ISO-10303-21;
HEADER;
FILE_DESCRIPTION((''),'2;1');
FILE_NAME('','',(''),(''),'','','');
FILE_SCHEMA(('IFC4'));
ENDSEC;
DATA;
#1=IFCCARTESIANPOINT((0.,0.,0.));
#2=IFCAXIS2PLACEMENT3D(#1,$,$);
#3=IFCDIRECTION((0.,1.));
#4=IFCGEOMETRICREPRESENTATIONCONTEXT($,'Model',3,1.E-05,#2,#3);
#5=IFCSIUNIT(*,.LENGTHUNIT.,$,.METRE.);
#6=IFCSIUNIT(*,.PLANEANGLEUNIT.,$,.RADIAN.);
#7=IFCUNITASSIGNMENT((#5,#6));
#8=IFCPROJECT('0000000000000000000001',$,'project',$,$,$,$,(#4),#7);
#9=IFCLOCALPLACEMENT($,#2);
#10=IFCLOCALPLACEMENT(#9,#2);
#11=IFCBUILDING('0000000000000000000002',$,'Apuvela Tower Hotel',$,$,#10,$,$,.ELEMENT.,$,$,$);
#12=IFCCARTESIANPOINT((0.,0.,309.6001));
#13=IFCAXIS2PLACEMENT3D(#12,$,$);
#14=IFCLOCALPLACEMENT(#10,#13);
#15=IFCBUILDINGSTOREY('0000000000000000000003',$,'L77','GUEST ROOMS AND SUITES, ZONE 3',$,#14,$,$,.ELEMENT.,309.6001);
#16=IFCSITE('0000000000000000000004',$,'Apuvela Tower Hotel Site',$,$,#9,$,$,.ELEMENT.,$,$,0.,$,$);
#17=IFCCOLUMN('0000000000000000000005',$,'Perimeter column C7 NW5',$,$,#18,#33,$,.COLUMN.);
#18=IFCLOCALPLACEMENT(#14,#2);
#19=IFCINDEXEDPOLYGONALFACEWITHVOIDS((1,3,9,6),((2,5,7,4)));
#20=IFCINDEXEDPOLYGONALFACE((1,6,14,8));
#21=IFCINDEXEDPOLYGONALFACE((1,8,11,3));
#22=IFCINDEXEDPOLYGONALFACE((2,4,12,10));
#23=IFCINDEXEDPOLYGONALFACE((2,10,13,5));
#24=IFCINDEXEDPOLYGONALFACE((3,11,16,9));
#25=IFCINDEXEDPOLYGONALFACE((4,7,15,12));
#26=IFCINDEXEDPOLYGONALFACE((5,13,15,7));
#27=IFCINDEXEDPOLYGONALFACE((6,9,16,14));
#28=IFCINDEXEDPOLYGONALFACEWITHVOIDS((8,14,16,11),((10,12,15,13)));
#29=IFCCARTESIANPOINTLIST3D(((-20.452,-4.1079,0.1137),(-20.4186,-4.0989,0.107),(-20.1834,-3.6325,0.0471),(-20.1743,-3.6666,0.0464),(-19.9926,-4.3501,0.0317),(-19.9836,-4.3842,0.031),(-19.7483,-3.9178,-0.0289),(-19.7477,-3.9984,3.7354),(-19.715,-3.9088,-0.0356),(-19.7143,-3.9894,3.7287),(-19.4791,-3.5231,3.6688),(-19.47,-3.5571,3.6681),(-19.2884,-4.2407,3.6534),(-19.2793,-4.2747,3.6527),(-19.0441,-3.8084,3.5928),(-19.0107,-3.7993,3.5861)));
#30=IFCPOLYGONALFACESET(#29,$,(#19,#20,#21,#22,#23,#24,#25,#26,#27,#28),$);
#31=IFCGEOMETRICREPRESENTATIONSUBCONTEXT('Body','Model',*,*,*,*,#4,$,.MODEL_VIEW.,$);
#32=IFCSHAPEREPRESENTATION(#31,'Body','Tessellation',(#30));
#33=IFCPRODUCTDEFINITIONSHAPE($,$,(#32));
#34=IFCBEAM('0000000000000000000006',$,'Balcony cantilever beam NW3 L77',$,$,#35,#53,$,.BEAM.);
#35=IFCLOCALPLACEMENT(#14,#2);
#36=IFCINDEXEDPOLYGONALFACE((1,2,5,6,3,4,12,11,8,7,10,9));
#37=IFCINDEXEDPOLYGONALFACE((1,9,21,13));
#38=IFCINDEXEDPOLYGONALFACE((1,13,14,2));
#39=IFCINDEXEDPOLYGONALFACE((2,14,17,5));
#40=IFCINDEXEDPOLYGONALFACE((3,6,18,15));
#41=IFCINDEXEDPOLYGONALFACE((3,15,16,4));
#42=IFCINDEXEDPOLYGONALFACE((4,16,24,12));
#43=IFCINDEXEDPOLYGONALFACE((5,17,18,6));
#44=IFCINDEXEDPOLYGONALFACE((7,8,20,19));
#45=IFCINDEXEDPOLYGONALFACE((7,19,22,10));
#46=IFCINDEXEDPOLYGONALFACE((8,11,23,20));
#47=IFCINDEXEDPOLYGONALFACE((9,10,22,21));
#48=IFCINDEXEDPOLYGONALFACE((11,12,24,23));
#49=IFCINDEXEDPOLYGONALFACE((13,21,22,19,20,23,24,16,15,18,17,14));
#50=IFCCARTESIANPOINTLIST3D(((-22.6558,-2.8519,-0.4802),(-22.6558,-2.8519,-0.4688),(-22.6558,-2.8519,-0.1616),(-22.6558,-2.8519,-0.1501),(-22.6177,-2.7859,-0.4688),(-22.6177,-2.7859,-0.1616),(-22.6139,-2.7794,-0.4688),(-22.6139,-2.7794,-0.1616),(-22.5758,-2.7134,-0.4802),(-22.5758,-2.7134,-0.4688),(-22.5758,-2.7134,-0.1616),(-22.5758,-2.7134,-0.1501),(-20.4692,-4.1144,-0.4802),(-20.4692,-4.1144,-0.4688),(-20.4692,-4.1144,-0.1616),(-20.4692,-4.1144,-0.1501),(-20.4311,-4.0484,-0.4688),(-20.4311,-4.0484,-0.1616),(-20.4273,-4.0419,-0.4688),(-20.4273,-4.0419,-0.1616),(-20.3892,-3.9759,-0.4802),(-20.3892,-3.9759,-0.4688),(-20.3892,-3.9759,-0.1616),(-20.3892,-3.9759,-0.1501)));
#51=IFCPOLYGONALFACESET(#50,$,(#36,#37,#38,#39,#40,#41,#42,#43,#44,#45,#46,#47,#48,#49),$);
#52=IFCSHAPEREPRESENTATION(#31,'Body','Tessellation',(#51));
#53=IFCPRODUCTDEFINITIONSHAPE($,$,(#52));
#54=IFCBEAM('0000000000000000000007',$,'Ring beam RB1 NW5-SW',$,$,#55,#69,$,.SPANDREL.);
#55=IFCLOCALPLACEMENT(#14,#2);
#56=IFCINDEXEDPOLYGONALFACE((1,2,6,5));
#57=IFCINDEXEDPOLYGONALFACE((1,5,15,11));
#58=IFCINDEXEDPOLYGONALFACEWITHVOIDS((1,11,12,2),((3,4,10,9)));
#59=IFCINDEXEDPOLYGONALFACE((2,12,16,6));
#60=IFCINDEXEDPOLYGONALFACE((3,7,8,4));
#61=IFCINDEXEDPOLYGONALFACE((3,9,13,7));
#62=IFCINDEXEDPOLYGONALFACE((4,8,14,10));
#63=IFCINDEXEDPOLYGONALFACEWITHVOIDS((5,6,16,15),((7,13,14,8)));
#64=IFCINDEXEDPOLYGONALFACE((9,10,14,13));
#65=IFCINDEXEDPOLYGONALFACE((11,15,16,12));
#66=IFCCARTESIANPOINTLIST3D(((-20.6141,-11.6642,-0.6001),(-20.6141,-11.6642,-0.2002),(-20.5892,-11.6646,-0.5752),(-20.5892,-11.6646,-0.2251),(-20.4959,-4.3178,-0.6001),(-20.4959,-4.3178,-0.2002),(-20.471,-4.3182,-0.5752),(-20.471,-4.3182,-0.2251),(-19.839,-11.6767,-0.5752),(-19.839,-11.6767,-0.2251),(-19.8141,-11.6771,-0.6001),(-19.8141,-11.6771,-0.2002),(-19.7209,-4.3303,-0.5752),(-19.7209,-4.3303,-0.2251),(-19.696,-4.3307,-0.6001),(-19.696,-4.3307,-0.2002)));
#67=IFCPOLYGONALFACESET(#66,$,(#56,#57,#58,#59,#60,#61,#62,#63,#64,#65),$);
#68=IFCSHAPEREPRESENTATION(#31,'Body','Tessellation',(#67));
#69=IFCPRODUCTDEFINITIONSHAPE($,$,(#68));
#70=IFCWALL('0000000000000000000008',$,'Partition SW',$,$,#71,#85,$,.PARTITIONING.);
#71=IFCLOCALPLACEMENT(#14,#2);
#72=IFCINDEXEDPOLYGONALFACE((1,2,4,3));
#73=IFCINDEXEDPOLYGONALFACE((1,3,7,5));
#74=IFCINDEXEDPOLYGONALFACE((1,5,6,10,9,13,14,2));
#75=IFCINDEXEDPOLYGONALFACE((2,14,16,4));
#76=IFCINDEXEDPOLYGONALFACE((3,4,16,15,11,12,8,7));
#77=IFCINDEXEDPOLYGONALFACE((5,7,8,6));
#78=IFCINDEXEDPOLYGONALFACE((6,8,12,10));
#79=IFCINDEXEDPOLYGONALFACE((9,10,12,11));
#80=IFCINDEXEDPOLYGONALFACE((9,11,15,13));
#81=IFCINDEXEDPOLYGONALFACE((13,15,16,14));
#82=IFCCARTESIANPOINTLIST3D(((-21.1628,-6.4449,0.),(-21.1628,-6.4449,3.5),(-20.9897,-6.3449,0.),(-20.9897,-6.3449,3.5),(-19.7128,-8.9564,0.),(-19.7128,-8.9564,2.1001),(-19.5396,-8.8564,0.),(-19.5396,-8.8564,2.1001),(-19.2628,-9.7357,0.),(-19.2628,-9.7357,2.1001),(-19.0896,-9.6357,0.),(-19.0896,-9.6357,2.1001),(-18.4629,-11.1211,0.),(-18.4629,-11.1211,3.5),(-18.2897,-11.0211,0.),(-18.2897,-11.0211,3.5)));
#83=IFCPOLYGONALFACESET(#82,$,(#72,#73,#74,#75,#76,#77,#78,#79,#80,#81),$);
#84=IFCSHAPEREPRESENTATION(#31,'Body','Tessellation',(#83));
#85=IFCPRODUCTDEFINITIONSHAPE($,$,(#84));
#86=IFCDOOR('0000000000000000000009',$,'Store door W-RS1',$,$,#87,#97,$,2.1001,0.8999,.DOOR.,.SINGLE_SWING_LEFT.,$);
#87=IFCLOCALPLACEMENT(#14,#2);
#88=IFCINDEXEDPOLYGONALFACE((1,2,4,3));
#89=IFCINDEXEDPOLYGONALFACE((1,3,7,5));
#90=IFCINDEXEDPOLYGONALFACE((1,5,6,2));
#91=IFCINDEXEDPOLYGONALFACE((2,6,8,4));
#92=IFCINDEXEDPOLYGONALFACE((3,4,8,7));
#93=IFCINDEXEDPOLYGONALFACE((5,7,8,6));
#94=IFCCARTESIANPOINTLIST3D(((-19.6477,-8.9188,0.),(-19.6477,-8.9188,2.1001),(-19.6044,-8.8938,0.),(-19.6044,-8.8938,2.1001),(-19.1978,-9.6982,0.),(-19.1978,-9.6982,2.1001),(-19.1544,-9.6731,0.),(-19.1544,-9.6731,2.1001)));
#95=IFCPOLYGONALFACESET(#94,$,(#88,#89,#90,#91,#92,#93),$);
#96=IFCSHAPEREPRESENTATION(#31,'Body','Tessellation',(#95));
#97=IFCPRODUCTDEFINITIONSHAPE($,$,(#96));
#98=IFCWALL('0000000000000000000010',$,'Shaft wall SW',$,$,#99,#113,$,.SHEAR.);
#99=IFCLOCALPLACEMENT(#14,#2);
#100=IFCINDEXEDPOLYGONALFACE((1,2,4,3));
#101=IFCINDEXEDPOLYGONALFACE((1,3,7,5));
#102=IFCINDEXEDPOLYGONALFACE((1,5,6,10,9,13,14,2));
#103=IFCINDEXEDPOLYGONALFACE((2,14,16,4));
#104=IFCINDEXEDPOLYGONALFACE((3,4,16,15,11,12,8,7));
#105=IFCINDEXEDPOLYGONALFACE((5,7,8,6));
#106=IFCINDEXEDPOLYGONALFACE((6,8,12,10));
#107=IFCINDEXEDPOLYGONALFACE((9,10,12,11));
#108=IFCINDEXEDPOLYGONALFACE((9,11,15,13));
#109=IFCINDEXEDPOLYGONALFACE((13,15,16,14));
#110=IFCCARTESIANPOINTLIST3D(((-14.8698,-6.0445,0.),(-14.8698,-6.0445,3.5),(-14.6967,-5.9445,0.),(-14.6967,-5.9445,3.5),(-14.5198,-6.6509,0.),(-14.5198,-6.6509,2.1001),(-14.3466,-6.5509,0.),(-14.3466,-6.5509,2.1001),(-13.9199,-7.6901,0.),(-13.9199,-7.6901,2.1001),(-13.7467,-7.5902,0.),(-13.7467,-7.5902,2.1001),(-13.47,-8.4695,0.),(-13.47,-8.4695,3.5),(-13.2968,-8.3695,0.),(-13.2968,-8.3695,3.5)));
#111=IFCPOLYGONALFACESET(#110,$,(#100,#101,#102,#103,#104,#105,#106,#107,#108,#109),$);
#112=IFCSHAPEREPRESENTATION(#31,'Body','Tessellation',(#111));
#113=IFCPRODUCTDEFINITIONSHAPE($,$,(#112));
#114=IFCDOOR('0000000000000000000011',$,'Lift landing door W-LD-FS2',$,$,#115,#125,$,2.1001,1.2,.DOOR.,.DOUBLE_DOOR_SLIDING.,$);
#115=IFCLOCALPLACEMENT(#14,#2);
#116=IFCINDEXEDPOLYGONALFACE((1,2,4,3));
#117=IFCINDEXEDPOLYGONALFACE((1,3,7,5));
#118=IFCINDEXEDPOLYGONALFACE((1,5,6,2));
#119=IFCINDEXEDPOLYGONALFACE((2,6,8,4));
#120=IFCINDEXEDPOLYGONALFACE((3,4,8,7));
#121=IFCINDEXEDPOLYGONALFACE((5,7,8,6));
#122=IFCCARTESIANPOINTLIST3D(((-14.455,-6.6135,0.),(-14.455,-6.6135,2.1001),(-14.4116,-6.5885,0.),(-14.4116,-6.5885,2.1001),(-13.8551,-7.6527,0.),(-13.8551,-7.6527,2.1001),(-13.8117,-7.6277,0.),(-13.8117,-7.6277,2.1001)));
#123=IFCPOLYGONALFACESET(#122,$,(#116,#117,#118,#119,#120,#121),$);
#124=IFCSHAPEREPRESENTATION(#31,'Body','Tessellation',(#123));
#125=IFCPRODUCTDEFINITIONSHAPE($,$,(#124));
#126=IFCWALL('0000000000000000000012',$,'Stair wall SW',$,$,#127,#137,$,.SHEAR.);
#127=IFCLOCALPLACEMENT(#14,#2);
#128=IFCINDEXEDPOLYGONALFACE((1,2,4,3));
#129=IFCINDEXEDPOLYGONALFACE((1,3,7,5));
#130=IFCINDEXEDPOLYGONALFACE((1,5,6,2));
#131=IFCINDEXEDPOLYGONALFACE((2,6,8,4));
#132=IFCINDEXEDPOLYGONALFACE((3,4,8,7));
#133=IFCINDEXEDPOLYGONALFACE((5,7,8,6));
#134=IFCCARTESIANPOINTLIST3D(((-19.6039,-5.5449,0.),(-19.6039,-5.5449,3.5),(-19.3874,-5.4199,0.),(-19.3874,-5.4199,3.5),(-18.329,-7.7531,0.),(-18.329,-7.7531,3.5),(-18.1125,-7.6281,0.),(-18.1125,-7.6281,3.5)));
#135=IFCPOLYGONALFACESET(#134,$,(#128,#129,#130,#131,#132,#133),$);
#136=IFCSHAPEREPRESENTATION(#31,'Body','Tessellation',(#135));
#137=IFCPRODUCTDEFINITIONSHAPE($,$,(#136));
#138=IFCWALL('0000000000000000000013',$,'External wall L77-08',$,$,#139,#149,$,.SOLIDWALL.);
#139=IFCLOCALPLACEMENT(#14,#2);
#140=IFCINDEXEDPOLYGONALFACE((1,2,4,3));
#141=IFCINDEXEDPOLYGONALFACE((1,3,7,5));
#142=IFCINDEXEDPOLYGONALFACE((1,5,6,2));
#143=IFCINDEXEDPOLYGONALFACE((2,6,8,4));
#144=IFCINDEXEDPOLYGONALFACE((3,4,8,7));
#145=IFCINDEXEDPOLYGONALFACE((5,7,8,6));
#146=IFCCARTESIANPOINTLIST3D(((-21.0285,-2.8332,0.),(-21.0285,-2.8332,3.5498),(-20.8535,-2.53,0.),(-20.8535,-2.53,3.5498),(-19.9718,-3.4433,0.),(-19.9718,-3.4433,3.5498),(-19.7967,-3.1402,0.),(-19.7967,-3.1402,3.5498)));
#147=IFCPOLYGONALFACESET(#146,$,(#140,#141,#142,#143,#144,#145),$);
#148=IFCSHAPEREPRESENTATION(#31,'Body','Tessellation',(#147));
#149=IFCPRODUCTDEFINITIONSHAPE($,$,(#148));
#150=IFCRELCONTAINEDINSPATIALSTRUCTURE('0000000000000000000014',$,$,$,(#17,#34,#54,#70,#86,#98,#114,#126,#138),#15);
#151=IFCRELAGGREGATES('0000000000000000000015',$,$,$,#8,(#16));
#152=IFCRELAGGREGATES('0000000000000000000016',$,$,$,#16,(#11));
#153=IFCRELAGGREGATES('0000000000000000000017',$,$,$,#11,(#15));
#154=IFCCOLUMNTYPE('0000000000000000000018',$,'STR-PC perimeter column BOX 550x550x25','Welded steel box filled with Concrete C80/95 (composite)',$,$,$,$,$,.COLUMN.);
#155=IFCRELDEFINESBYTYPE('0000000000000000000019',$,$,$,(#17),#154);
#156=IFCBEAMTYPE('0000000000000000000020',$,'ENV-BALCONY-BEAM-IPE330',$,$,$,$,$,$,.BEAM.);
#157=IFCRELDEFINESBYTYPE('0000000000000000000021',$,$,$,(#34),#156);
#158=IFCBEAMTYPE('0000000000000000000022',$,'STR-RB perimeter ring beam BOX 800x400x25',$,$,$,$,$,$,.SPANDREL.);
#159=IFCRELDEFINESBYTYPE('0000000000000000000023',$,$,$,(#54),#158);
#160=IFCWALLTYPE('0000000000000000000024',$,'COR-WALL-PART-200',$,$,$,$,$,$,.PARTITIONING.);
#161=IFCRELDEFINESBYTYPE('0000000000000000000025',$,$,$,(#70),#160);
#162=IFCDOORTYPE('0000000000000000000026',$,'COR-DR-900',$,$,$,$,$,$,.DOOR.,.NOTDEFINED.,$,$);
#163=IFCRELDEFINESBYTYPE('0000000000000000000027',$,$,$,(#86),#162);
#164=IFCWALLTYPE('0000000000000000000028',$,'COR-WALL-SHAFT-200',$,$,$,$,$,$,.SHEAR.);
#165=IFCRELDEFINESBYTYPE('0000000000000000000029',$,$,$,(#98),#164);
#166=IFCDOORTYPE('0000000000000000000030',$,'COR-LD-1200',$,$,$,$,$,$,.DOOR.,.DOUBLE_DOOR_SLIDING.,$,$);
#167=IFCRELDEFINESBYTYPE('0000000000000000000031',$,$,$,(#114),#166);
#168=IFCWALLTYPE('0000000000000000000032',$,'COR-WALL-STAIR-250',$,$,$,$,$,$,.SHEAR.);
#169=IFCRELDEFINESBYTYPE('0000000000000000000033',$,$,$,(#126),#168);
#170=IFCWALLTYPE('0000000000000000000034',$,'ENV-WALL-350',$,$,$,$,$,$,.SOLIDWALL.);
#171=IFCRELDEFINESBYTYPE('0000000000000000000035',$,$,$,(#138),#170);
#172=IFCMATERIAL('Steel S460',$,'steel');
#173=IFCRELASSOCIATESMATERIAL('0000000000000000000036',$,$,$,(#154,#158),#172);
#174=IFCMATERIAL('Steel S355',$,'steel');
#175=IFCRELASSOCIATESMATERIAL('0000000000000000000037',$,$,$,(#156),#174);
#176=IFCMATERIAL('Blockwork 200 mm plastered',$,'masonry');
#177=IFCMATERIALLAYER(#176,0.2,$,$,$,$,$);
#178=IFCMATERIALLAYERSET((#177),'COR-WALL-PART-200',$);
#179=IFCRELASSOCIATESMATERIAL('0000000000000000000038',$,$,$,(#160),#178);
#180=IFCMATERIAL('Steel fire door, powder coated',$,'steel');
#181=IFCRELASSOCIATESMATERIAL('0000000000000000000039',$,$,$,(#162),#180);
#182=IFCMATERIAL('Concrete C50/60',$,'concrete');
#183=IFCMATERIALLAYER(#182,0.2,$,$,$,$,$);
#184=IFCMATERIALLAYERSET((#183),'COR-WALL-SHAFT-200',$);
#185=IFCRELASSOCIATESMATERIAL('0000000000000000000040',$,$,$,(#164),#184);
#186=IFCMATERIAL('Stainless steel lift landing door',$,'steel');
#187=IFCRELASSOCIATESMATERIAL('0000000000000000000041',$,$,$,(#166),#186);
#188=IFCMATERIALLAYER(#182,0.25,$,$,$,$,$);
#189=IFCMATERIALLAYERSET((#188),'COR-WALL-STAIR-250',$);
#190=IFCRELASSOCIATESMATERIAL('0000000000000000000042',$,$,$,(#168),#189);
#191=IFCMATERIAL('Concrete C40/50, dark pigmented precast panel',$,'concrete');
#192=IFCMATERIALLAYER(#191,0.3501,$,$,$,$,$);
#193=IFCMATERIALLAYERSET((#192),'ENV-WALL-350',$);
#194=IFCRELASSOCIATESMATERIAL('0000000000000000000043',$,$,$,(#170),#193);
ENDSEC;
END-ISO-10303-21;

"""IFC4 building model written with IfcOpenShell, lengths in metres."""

from ifc_helpers import new_model, si_unit, direction, frame, frame_2d, origin, origin_2d, place, context, subcontext, project, spatial, rectangle, hollow_rectangle, i_section, extrude, boolean, halfspace, material, layer, layer_set, material_profile, profile_set, type_object, element, fill, save


model = new_model("IFC4")

# Units and contexts
model_context = context("Model", 3, precision=1e-05, world=origin(), true_north=direction((0.0, 1.0)))
body_context = subcontext(model_context, "Body", "Model", "MODEL_VIEW")
ifc_project = project(units=[si_unit("LENGTHUNIT", "METRE"), si_unit("PLANEANGLEUNIT", "RADIAN")], contexts=[model_context])

# Site, building, storey
site_placement = place(None, origin())
site = spatial("IfcSite", under=ifc_project, at=site_placement, Name="Apuvela Tower Hotel Site", CompositionType="ELEMENT", RefElevation=0.0)
building_placement = place(site_placement, origin())
building = spatial("IfcBuilding", under=site, at=building_placement, Name="Apuvela Tower Hotel", CompositionType="ELEMENT")
storey_placement = place(building_placement, frame((0.0, 0.0, 309.6001)))
storey = spatial("IfcBuildingStorey", under=building, at=storey_placement, Name="L77", Description="GUEST ROOMS AND SUITES, ZONE 3", CompositionType="ELEMENT", Elevation=309.6001)

# Column
ifc_material_1 = material(Name="Steel S460", Category="steel")
ifc_material_profile_1 = material_profile(ifc_material_1, hollow_rectangle(XDim=0.55, YDim=0.55, WallThickness=0.0249, at=origin_2d()), Name="BOX 550x550x25")
ifc_material_2 = material(Name="Concrete C80/95", Category="concrete")
ifc_material_profile_2 = material_profile(ifc_material_2, rectangle(XDim=0.5, YDim=0.5, at=origin_2d()), Name="Concrete C80/95 infill")
ifc_profile_set_1 = profile_set([ifc_material_profile_1, ifc_material_profile_2], Name="Steel S460")
column_type = type_object("IfcColumnType", Name="STR-PC perimeter column BOX 550x550x25", Description="Welded steel box filled with Concrete C80/95 (composite)", PredefinedType="COLUMN", material=ifc_profile_set_1)
column_placement = place(storey_placement, frame((-20.0911, -4.0095, 0.0), z_axis=(0.190798, 0.029652, 0.981181), x_axis=(-0.488342, -0.864211, 0.121079)))
element("IfcColumn", 1, at=column_placement, inside=storey, type_object=column_type, Name="Perimeter column C7 NW5", PredefinedType="COLUMN", context=body_context, shape_type="SweptSolid", body=[
    boolean("DIFFERENCE", boolean("DIFFERENCE", extrude(hollow_rectangle(XDim=0.55, YDim=0.55, WallThickness=0.0249, at=origin_2d()), origin(), (0.0, 0.0, 1.0), 3.771), halfspace(frame((0.0, 0.0, 0.0398), z_axis=(0.0, 0.0, 1.0), x_axis=(1.0, 0.0, 0.0)), True)), halfspace(frame((0.0, 0.0, 3.731), z_axis=(0.0, 0.0, 1.0), x_axis=(1.0, 0.0, 0.0)), False)),
])

# Beams
ifc_material_3 = material(Name="Steel S355", Category="steel")
ifc_material_profile_3 = material_profile(ifc_material_3, i_section(OverallWidth=0.1599, OverallDepth=0.3301, WebThickness=0.0076, FlangeThickness=0.0115, at=origin_2d()), Name="IPE 330")
ifc_profile_set_2 = profile_set([ifc_material_profile_3], Name="Steel S355")
beam_type_1 = type_object("IfcBeamType", Name="ENV-BALCONY-BEAM-IPE330", PredefinedType="BEAM", material=ifc_profile_set_2)
beam_1_placement = place(storey_placement, frame((-20.4292, -4.0452, -0.3152), z_axis=(-0.866015, 0.500018, 0.0), x_axis=(-0.500018, -0.866015, 0.0)))
element("IfcBeam", 2, at=beam_1_placement, inside=storey, type_object=beam_type_1, Name="Balcony cantilever beam NW3 L77", PredefinedType="BEAM", context=body_context, shape_type="SweptSolid", body=[
    extrude(i_section(OverallWidth=0.1599, OverallDepth=0.3301, WebThickness=0.0076, FlangeThickness=0.0115, at=origin_2d()), origin(), (0.0, 0.0, 1.0), 2.5249),
])
ifc_material_profile_4 = material_profile(ifc_material_1, hollow_rectangle(XDim=0.8, YDim=0.3999, WallThickness=0.0249, at=origin_2d()), Name="BOX 800x400x25")
ifc_profile_set_3 = profile_set([ifc_material_profile_4], Name="Steel S460")
beam_type_2 = type_object("IfcBeamType", Name="STR-RB perimeter ring beam BOX 800x400x25", PredefinedType="SPANDREL", material=ifc_profile_set_3)
beam_2_placement = place(storey_placement, frame((-20.0959, -4.3242, -0.4001), z_axis=(-0.016082, -0.999871, 0.0), x_axis=(0.999871, -0.016082, 0.0)))
element("IfcBeam", 3, at=beam_2_placement, inside=storey, type_object=beam_type_2, Name="Ring beam RB1 NW5-SW", PredefinedType="SPANDREL", context=body_context, shape_type="SweptSolid", body=[
    extrude(hollow_rectangle(XDim=0.8, YDim=0.3999, WallThickness=0.0249, at=origin_2d()), origin(), (0.0, 0.0, 1.0), 7.3474),
])

# Walls, openings, doors
ifc_material_4 = material(Name="Blockwork 200 mm plastered", Category="masonry")
ifc_layer_1 = layer(ifc_material_4, 0.2)
ifc_layer_set_1 = layer_set([ifc_layer_1], Name="COR-WALL-PART-200")
wall_type_1 = type_object("IfcWallType", Name="COR-WALL-PART-200", PredefinedType="PARTITIONING", material=ifc_layer_set_1)
wall_1_placement = place(storey_placement, frame((-21.0762, -6.395, 0.0), z_axis=(0.0, 0.0, 1.0), x_axis=(0.500015, -0.866017, 0.0)))
wall_1 = element("IfcWall", 4, at=wall_1_placement, inside=storey, type_object=wall_type_1, Name="Partition SW", PredefinedType="PARTITIONING", context=body_context, shape_type="SweptSolid", body=[
    extrude(rectangle(XDim=5.3997, YDim=0.2, at=frame_2d((2.6997, 0.0))), origin(), (0.0, 0.0, 1.0), 3.5),
])
opening_1_placement = place(wall_1_placement, frame((2.8999, 0.0, 0.0)))
opening_1 = element("IfcOpeningElement", 5, at=opening_1_placement, cuts=wall_1, PredefinedType="OPENING", context=body_context, shape_type="SweptSolid", body=[
    extrude(rectangle(XDim=0.8999, YDim=2.1001, at=frame_2d((0.45, 1.05))), frame((0.0, 0.1099, 0.0), z_axis=(0.0, -1.0, 0.0), x_axis=(1.0, 0.0, 0.0)), (0.0, 0.0, 1.0), 0.22),
])
ifc_material_5 = material(Name="Steel fire door, powder coated", Category="steel")
door_type_1 = type_object("IfcDoorType", Name="COR-DR-900", OperationType="NOTDEFINED", PredefinedType="DOOR", material=ifc_material_5)
door_1_placement = place(opening_1_placement, frame((0.8999, 0.0, 0.0), z_axis=(0.0, 0.0, 1.0), x_axis=(-1.0, 0.0, 0.0)))
door_1 = element("IfcDoor", 6, at=door_1_placement, inside=storey, type_object=door_type_1, Name="Store door W-RS1", OperationType="SINGLE_SWING_LEFT", OverallHeight=2.1001, OverallWidth=0.8999, PredefinedType="DOOR", context=body_context, shape_type="SweptSolid", body=[
    extrude(rectangle(XDim=0.8999, YDim=2.1001, at=frame_2d((0.45, 1.05))), frame((0.0, 0.0249, 0.0), z_axis=(0.0, -1.0, 0.0), x_axis=(1.0, 0.0, 0.0)), (0.0, 0.0, 1.0), 0.05),
])
fill(opening_1, door_1)
ifc_material_6 = material(Name="Concrete C50/60", Category="concrete")
ifc_layer_2 = layer(ifc_material_6, 0.2)
ifc_layer_set_2 = layer_set([ifc_layer_2], Name="COR-WALL-SHAFT-200")
wall_type_2 = type_object("IfcWallType", Name="COR-WALL-SHAFT-200", PredefinedType="SHEAR", material=ifc_layer_set_2)
wall_2_placement = place(storey_placement, frame((-14.7832, -5.9946, 0.0), z_axis=(0.0, 0.0, 1.0), x_axis=(0.499946, -0.866056, 0.0)))
wall_2 = element("IfcWall", 7, at=wall_2_placement, inside=storey, type_object=wall_type_2, Name="Shaft wall SW", PredefinedType="SHEAR", context=body_context, shape_type="SweptSolid", body=[
    extrude(rectangle(XDim=2.8, YDim=0.2, at=frame_2d((1.3999, 0.0))), origin(), (0.0, 0.0, 1.0), 3.5),
])
opening_2_placement = place(wall_2_placement, frame((0.7, 0.0, 0.0)))
opening_2 = element("IfcOpeningElement", 8, at=opening_2_placement, cuts=wall_2, PredefinedType="OPENING", context=body_context, shape_type="SweptSolid", body=[
    extrude(rectangle(XDim=1.2, YDim=2.1001, at=frame_2d((0.6001, 1.05))), frame((0.0, 0.1099, 0.0), z_axis=(0.0, -1.0, 0.0), x_axis=(1.0, 0.0, 0.0)), (0.0, 0.0, 1.0), 0.22),
])
ifc_material_7 = material(Name="Stainless steel lift landing door", Category="steel")
door_type_2 = type_object("IfcDoorType", Name="COR-LD-1200", OperationType="DOUBLE_DOOR_SLIDING", PredefinedType="DOOR", material=ifc_material_7)
door_2_placement = place(opening_2_placement, origin())
door_2 = element("IfcDoor", 9, at=door_2_placement, inside=storey, type_object=door_type_2, Name="Lift landing door W-LD-FS2", OperationType="DOUBLE_DOOR_SLIDING", OverallHeight=2.1001, OverallWidth=1.2, PredefinedType="DOOR", context=body_context, shape_type="SweptSolid", body=[
    extrude(rectangle(XDim=1.2, YDim=2.1001, at=frame_2d((0.6001, 1.05))), frame((0.0, 0.0249, 0.0), z_axis=(0.0, -1.0, 0.0), x_axis=(1.0, 0.0, 0.0)), (0.0, 0.0, 1.0), 0.05),
])
fill(opening_2, door_2)

# Walls
ifc_layer_3 = layer(ifc_material_6, 0.25)
ifc_layer_set_3 = layer_set([ifc_layer_3], Name="COR-WALL-STAIR-250")
wall_type_3 = type_object("IfcWallType", Name="COR-WALL-STAIR-250", PredefinedType="SHEAR", material=ifc_layer_set_3)
wall_3_placement = place(storey_placement, frame((-19.4956, -5.4824, 0.0), z_axis=(0.0, 0.0, 1.0), x_axis=(0.49999, -0.866031, 0.0)))
element("IfcWall", 10, at=wall_3_placement, inside=storey, type_object=wall_type_3, Name="Stair wall SW", PredefinedType="SHEAR", context=body_context, shape_type="SweptSolid", body=[
    extrude(rectangle(XDim=2.5498, YDim=0.25, at=frame_2d((1.2749, 0.0))), origin(), (0.0, 0.0, 1.0), 3.5),
])
ifc_material_8 = material(Name="Concrete C40/50, dark pigmented precast panel", Category="concrete")
ifc_layer_4 = layer(ifc_material_8, 0.3501)
ifc_layer_set_4 = layer_set([ifc_layer_4], Name="ENV-WALL-350")
wall_type_4 = type_object("IfcWallType", Name="ENV-WALL-350", PredefinedType="SOLIDWALL", material=ifc_layer_set_4)
wall_4_placement = place(storey_placement, frame((-19.8843, -3.2917, 0.0), z_axis=(0.0, 0.0, 1.0), x_axis=(-0.866006, 0.500034, 0.0)))
element("IfcWall", 11, at=wall_4_placement, inside=storey, type_object=wall_type_4, Name="External wall L77-08", PredefinedType="SOLIDWALL", context=body_context, shape_type="SweptSolid", body=[
    extrude(rectangle(XDim=1.2202, YDim=0.3501, at=frame_2d((0.6101, 0.0))), origin(), (0.0, 0.0, 1.0), 3.5498),
])

save(model, "model.ifc")
